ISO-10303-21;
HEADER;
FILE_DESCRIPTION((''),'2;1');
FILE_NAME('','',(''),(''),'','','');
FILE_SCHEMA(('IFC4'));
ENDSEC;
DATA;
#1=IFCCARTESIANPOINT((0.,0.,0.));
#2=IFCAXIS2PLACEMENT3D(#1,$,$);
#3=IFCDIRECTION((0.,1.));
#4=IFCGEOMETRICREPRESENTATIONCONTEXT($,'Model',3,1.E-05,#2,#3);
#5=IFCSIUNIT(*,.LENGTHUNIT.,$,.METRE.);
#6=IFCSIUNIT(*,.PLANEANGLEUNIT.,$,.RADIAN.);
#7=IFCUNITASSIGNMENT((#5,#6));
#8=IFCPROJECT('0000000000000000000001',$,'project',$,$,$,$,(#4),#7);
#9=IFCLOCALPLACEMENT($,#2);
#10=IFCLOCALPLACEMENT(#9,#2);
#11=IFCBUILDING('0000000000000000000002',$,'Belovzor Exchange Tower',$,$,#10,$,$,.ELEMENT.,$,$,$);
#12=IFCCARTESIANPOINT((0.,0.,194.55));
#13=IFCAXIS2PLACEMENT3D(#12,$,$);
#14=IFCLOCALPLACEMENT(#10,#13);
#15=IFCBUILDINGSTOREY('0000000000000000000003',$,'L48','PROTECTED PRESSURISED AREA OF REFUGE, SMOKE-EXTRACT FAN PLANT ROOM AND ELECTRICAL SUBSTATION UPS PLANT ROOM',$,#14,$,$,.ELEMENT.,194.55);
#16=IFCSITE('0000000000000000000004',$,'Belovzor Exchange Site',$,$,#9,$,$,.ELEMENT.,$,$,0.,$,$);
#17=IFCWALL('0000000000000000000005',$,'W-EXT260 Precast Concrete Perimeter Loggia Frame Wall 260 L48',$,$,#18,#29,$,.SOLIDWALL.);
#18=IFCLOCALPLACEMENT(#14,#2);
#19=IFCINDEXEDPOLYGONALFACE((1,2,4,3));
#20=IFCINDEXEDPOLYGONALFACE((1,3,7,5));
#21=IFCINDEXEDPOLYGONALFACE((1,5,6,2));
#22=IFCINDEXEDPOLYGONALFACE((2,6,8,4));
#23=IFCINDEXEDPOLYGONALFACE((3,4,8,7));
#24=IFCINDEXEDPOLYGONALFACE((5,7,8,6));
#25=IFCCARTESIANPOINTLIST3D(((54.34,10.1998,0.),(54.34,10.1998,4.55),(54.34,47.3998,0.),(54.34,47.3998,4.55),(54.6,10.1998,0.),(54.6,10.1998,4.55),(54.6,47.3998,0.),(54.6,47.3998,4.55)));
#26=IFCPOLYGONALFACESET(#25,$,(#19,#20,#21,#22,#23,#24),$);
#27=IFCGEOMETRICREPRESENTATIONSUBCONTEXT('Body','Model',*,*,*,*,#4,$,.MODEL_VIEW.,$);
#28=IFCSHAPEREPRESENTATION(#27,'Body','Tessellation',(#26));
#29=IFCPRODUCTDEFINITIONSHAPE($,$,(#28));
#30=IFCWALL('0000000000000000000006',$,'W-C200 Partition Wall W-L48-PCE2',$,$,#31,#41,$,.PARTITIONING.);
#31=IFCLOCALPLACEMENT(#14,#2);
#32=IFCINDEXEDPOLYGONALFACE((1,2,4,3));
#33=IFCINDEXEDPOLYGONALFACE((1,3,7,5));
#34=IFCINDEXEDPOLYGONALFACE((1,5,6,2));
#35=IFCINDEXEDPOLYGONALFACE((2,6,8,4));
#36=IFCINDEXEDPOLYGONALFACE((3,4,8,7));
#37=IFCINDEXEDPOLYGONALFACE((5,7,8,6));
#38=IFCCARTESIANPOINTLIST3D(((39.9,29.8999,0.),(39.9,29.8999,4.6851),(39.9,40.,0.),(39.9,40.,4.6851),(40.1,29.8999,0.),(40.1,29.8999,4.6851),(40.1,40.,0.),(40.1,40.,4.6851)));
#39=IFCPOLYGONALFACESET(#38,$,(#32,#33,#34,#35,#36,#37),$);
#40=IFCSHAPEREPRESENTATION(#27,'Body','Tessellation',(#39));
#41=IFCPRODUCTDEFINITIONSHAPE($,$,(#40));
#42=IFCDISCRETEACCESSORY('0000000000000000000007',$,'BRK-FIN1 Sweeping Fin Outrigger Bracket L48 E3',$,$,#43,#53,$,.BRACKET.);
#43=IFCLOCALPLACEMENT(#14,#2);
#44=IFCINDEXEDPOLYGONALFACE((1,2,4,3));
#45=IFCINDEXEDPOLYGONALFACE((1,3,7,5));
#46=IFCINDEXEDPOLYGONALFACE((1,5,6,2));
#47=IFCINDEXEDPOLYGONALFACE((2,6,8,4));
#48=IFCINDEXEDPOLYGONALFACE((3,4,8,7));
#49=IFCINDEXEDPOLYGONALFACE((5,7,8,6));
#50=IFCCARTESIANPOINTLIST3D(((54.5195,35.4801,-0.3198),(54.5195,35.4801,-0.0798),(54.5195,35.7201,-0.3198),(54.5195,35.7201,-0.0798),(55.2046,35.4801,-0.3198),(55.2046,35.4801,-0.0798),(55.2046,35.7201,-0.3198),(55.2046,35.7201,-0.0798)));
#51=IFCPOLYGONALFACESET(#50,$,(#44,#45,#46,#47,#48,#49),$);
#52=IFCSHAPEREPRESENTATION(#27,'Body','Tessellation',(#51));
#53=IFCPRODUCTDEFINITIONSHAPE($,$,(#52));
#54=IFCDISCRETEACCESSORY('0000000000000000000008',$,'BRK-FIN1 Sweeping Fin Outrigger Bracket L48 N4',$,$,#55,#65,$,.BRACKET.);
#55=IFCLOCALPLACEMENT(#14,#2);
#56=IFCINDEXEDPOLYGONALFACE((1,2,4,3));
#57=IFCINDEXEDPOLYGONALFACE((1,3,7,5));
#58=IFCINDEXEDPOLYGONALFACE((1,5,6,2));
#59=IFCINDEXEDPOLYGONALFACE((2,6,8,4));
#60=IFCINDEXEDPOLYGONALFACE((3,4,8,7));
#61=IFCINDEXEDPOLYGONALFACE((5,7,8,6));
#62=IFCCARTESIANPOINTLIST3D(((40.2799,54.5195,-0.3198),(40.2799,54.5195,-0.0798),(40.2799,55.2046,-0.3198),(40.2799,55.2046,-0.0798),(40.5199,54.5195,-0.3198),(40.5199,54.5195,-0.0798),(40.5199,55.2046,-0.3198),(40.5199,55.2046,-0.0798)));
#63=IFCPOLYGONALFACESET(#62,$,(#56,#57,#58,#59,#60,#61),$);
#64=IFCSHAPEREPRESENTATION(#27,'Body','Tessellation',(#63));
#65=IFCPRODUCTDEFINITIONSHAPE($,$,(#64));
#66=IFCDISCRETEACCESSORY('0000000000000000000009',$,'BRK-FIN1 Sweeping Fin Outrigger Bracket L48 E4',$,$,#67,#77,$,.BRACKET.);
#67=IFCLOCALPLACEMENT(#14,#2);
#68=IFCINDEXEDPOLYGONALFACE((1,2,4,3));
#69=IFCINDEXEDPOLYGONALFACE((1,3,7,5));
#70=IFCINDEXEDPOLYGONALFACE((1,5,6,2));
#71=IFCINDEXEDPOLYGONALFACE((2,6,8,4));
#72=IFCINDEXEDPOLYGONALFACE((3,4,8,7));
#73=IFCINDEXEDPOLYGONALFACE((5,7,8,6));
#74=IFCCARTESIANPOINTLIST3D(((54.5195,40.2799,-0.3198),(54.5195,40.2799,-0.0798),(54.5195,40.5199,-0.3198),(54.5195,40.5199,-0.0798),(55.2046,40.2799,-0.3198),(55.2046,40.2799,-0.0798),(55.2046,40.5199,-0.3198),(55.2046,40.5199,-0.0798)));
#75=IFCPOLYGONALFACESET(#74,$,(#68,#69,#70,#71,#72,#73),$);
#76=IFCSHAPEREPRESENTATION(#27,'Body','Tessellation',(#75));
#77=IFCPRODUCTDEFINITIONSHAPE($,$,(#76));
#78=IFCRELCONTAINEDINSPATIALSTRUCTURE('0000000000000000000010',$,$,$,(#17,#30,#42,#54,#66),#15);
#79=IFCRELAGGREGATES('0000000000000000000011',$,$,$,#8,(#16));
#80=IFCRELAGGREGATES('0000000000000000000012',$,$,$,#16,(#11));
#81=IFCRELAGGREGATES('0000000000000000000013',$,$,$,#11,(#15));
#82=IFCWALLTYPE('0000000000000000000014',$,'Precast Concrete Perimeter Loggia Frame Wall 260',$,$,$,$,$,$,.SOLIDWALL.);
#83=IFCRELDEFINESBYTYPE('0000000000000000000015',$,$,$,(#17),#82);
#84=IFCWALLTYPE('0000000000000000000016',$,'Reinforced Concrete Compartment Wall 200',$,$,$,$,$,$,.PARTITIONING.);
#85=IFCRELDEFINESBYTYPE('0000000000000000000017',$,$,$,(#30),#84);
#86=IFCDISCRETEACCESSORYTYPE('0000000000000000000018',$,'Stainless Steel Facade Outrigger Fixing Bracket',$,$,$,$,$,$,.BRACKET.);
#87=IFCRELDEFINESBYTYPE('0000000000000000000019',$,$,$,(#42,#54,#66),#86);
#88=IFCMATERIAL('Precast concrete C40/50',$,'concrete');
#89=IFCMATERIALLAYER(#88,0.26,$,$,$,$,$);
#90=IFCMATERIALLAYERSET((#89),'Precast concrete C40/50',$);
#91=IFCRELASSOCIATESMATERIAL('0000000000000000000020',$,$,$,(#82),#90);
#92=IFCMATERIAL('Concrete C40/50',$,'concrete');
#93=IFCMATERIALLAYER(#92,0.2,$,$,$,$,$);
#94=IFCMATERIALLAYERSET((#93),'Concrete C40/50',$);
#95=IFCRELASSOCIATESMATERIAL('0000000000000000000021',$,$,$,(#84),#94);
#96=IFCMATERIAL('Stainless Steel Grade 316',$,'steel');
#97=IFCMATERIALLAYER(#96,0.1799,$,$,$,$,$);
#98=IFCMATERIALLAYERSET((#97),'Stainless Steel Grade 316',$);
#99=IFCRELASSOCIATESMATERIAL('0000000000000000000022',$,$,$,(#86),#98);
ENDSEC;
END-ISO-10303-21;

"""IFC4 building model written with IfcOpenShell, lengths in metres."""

from ifc_helpers import new_model, si_unit, direction, frame, frame_2d, origin, origin_2d, place, context, subcontext, project, spatial, rectangle, extrude, material, layer, layer_set, type_object, element, save


model = new_model("IFC4")

# Units and contexts
model_context = context("Model", 3, precision=1e-05, world=origin(), true_north=direction((0.0, 1.0)))
body_context = subcontext(model_context, "Body", "Model", "MODEL_VIEW")
ifc_project = project(units=[si_unit("LENGTHUNIT", "METRE"), si_unit("PLANEANGLEUNIT", "RADIAN")], contexts=[model_context])

# Site, building, storey
site_placement = place(None, origin())
site = spatial("IfcSite", under=ifc_project, at=site_placement, Name="Belovzor Exchange Site", CompositionType="ELEMENT", RefElevation=0.0)
building_placement = place(site_placement, origin())
building = spatial("IfcBuilding", under=site, at=building_placement, Name="Belovzor Exchange Tower", CompositionType="ELEMENT")
storey_placement = place(building_placement, frame((0.0, 0.0, 194.55)))
storey = spatial("IfcBuildingStorey", under=building, at=storey_placement, Name="L48", Description="PROTECTED PRESSURISED AREA OF REFUGE, SMOKE-EXTRACT FAN PLANT ROOM AND ELECTRICAL SUBSTATION UPS PLANT ROOM", CompositionType="ELEMENT", Elevation=194.55)

# Walls
ifc_material_1 = material(Name="Precast concrete C40/50", Category="concrete")
ifc_layer_1 = layer(ifc_material_1, 0.26)
ifc_layer_set_1 = layer_set([ifc_layer_1], Name="Precast concrete C40/50")
wall_type_1 = type_object("IfcWallType", Name="Precast Concrete Perimeter Loggia Frame Wall 260", PredefinedType="SOLIDWALL", material=ifc_layer_set_1)
wall_1_placement = place(storey_placement, frame((54.47, 47.3999, 0.0), z_axis=(0.0, 0.0, 1.0), x_axis=(0.0, -1.0, 0.0)))
element("IfcWall", 1, at=wall_1_placement, inside=storey, type_object=wall_type_1, Name="W-EXT260 Precast Concrete Perimeter Loggia Frame Wall 260 L48", PredefinedType="SOLIDWALL", context=body_context, shape_type="SweptSolid", body=[
    extrude(rectangle(XDim=37.2, YDim=0.26, at=frame_2d((18.6001, 0.0))), origin(), (0.0, 0.0, 1.0), 4.55),
])
ifc_material_2 = material(Name="Concrete C40/50", Category="concrete")
ifc_layer_2 = layer(ifc_material_2, 0.2)
ifc_layer_set_2 = layer_set([ifc_layer_2], Name="Concrete C40/50")
wall_type_2 = type_object("IfcWallType", Name="Reinforced Concrete Compartment Wall 200", PredefinedType="PARTITIONING", material=ifc_layer_set_2)
wall_2_placement = place(storey_placement, frame((40.0, 29.8999, 0.0), z_axis=(0.0, 0.0, 1.0), x_axis=(0.0, 1.0, 0.0)))
element("IfcWall", 2, at=wall_2_placement, inside=storey, type_object=wall_type_2, Name="W-C200 Partition Wall W-L48-PCE2", PredefinedType="PARTITIONING", context=body_context, shape_type="SweptSolid", body=[
    extrude(rectangle(XDim=10.1001, YDim=0.2, at=frame_2d((5.05, 0.0))), origin(), (0.0, 0.0, 1.0), 4.6851),
])

# Discrete accessories
ifc_material_3 = material(Name="Stainless Steel Grade 316", Category="steel")
ifc_layer_3 = layer(ifc_material_3, 0.1799)
ifc_layer_set_3 = layer_set([ifc_layer_3], Name="Stainless Steel Grade 316")
discrete_accessory_type = type_object("IfcDiscreteAccessoryType", Name="Stainless Steel Facade Outrigger Fixing Bracket", PredefinedType="BRACKET", material=ifc_layer_set_3)
for number, where, z_axis, x_axis, name in (
    (3, (54.8621, 35.6001, -0.3198), (0.0, 0.0, 1.0), (1.0, 0.0, 0.0), "BRK-FIN1 Sweeping Fin Outrigger Bracket L48 E3"),
    (4, (40.3999, 54.8621, -0.3198), (0.0, 0.0, 1.0), (0.0, 1.0, 0.0), "BRK-FIN1 Sweeping Fin Outrigger Bracket L48 N4"),
    (5, (54.8621, 40.3999, -0.3198), (0.0, 0.0, 1.0), (1.0, 0.0, 0.0), "BRK-FIN1 Sweeping Fin Outrigger Bracket L48 E4"),
):
    element("IfcDiscreteAccessory", number, at=place(storey_placement, frame(where, z_axis=z_axis, x_axis=x_axis)), inside=storey, type_object=discrete_accessory_type, Name=name, PredefinedType="BRACKET", context=body_context, shape_type="SweptSolid", body=[
        extrude(rectangle(XDim=0.6851, YDim=0.24, at=origin_2d()), origin(), (0.0, 0.0, 1.0), 0.24),
    ])

save(model, "model.ifc")
